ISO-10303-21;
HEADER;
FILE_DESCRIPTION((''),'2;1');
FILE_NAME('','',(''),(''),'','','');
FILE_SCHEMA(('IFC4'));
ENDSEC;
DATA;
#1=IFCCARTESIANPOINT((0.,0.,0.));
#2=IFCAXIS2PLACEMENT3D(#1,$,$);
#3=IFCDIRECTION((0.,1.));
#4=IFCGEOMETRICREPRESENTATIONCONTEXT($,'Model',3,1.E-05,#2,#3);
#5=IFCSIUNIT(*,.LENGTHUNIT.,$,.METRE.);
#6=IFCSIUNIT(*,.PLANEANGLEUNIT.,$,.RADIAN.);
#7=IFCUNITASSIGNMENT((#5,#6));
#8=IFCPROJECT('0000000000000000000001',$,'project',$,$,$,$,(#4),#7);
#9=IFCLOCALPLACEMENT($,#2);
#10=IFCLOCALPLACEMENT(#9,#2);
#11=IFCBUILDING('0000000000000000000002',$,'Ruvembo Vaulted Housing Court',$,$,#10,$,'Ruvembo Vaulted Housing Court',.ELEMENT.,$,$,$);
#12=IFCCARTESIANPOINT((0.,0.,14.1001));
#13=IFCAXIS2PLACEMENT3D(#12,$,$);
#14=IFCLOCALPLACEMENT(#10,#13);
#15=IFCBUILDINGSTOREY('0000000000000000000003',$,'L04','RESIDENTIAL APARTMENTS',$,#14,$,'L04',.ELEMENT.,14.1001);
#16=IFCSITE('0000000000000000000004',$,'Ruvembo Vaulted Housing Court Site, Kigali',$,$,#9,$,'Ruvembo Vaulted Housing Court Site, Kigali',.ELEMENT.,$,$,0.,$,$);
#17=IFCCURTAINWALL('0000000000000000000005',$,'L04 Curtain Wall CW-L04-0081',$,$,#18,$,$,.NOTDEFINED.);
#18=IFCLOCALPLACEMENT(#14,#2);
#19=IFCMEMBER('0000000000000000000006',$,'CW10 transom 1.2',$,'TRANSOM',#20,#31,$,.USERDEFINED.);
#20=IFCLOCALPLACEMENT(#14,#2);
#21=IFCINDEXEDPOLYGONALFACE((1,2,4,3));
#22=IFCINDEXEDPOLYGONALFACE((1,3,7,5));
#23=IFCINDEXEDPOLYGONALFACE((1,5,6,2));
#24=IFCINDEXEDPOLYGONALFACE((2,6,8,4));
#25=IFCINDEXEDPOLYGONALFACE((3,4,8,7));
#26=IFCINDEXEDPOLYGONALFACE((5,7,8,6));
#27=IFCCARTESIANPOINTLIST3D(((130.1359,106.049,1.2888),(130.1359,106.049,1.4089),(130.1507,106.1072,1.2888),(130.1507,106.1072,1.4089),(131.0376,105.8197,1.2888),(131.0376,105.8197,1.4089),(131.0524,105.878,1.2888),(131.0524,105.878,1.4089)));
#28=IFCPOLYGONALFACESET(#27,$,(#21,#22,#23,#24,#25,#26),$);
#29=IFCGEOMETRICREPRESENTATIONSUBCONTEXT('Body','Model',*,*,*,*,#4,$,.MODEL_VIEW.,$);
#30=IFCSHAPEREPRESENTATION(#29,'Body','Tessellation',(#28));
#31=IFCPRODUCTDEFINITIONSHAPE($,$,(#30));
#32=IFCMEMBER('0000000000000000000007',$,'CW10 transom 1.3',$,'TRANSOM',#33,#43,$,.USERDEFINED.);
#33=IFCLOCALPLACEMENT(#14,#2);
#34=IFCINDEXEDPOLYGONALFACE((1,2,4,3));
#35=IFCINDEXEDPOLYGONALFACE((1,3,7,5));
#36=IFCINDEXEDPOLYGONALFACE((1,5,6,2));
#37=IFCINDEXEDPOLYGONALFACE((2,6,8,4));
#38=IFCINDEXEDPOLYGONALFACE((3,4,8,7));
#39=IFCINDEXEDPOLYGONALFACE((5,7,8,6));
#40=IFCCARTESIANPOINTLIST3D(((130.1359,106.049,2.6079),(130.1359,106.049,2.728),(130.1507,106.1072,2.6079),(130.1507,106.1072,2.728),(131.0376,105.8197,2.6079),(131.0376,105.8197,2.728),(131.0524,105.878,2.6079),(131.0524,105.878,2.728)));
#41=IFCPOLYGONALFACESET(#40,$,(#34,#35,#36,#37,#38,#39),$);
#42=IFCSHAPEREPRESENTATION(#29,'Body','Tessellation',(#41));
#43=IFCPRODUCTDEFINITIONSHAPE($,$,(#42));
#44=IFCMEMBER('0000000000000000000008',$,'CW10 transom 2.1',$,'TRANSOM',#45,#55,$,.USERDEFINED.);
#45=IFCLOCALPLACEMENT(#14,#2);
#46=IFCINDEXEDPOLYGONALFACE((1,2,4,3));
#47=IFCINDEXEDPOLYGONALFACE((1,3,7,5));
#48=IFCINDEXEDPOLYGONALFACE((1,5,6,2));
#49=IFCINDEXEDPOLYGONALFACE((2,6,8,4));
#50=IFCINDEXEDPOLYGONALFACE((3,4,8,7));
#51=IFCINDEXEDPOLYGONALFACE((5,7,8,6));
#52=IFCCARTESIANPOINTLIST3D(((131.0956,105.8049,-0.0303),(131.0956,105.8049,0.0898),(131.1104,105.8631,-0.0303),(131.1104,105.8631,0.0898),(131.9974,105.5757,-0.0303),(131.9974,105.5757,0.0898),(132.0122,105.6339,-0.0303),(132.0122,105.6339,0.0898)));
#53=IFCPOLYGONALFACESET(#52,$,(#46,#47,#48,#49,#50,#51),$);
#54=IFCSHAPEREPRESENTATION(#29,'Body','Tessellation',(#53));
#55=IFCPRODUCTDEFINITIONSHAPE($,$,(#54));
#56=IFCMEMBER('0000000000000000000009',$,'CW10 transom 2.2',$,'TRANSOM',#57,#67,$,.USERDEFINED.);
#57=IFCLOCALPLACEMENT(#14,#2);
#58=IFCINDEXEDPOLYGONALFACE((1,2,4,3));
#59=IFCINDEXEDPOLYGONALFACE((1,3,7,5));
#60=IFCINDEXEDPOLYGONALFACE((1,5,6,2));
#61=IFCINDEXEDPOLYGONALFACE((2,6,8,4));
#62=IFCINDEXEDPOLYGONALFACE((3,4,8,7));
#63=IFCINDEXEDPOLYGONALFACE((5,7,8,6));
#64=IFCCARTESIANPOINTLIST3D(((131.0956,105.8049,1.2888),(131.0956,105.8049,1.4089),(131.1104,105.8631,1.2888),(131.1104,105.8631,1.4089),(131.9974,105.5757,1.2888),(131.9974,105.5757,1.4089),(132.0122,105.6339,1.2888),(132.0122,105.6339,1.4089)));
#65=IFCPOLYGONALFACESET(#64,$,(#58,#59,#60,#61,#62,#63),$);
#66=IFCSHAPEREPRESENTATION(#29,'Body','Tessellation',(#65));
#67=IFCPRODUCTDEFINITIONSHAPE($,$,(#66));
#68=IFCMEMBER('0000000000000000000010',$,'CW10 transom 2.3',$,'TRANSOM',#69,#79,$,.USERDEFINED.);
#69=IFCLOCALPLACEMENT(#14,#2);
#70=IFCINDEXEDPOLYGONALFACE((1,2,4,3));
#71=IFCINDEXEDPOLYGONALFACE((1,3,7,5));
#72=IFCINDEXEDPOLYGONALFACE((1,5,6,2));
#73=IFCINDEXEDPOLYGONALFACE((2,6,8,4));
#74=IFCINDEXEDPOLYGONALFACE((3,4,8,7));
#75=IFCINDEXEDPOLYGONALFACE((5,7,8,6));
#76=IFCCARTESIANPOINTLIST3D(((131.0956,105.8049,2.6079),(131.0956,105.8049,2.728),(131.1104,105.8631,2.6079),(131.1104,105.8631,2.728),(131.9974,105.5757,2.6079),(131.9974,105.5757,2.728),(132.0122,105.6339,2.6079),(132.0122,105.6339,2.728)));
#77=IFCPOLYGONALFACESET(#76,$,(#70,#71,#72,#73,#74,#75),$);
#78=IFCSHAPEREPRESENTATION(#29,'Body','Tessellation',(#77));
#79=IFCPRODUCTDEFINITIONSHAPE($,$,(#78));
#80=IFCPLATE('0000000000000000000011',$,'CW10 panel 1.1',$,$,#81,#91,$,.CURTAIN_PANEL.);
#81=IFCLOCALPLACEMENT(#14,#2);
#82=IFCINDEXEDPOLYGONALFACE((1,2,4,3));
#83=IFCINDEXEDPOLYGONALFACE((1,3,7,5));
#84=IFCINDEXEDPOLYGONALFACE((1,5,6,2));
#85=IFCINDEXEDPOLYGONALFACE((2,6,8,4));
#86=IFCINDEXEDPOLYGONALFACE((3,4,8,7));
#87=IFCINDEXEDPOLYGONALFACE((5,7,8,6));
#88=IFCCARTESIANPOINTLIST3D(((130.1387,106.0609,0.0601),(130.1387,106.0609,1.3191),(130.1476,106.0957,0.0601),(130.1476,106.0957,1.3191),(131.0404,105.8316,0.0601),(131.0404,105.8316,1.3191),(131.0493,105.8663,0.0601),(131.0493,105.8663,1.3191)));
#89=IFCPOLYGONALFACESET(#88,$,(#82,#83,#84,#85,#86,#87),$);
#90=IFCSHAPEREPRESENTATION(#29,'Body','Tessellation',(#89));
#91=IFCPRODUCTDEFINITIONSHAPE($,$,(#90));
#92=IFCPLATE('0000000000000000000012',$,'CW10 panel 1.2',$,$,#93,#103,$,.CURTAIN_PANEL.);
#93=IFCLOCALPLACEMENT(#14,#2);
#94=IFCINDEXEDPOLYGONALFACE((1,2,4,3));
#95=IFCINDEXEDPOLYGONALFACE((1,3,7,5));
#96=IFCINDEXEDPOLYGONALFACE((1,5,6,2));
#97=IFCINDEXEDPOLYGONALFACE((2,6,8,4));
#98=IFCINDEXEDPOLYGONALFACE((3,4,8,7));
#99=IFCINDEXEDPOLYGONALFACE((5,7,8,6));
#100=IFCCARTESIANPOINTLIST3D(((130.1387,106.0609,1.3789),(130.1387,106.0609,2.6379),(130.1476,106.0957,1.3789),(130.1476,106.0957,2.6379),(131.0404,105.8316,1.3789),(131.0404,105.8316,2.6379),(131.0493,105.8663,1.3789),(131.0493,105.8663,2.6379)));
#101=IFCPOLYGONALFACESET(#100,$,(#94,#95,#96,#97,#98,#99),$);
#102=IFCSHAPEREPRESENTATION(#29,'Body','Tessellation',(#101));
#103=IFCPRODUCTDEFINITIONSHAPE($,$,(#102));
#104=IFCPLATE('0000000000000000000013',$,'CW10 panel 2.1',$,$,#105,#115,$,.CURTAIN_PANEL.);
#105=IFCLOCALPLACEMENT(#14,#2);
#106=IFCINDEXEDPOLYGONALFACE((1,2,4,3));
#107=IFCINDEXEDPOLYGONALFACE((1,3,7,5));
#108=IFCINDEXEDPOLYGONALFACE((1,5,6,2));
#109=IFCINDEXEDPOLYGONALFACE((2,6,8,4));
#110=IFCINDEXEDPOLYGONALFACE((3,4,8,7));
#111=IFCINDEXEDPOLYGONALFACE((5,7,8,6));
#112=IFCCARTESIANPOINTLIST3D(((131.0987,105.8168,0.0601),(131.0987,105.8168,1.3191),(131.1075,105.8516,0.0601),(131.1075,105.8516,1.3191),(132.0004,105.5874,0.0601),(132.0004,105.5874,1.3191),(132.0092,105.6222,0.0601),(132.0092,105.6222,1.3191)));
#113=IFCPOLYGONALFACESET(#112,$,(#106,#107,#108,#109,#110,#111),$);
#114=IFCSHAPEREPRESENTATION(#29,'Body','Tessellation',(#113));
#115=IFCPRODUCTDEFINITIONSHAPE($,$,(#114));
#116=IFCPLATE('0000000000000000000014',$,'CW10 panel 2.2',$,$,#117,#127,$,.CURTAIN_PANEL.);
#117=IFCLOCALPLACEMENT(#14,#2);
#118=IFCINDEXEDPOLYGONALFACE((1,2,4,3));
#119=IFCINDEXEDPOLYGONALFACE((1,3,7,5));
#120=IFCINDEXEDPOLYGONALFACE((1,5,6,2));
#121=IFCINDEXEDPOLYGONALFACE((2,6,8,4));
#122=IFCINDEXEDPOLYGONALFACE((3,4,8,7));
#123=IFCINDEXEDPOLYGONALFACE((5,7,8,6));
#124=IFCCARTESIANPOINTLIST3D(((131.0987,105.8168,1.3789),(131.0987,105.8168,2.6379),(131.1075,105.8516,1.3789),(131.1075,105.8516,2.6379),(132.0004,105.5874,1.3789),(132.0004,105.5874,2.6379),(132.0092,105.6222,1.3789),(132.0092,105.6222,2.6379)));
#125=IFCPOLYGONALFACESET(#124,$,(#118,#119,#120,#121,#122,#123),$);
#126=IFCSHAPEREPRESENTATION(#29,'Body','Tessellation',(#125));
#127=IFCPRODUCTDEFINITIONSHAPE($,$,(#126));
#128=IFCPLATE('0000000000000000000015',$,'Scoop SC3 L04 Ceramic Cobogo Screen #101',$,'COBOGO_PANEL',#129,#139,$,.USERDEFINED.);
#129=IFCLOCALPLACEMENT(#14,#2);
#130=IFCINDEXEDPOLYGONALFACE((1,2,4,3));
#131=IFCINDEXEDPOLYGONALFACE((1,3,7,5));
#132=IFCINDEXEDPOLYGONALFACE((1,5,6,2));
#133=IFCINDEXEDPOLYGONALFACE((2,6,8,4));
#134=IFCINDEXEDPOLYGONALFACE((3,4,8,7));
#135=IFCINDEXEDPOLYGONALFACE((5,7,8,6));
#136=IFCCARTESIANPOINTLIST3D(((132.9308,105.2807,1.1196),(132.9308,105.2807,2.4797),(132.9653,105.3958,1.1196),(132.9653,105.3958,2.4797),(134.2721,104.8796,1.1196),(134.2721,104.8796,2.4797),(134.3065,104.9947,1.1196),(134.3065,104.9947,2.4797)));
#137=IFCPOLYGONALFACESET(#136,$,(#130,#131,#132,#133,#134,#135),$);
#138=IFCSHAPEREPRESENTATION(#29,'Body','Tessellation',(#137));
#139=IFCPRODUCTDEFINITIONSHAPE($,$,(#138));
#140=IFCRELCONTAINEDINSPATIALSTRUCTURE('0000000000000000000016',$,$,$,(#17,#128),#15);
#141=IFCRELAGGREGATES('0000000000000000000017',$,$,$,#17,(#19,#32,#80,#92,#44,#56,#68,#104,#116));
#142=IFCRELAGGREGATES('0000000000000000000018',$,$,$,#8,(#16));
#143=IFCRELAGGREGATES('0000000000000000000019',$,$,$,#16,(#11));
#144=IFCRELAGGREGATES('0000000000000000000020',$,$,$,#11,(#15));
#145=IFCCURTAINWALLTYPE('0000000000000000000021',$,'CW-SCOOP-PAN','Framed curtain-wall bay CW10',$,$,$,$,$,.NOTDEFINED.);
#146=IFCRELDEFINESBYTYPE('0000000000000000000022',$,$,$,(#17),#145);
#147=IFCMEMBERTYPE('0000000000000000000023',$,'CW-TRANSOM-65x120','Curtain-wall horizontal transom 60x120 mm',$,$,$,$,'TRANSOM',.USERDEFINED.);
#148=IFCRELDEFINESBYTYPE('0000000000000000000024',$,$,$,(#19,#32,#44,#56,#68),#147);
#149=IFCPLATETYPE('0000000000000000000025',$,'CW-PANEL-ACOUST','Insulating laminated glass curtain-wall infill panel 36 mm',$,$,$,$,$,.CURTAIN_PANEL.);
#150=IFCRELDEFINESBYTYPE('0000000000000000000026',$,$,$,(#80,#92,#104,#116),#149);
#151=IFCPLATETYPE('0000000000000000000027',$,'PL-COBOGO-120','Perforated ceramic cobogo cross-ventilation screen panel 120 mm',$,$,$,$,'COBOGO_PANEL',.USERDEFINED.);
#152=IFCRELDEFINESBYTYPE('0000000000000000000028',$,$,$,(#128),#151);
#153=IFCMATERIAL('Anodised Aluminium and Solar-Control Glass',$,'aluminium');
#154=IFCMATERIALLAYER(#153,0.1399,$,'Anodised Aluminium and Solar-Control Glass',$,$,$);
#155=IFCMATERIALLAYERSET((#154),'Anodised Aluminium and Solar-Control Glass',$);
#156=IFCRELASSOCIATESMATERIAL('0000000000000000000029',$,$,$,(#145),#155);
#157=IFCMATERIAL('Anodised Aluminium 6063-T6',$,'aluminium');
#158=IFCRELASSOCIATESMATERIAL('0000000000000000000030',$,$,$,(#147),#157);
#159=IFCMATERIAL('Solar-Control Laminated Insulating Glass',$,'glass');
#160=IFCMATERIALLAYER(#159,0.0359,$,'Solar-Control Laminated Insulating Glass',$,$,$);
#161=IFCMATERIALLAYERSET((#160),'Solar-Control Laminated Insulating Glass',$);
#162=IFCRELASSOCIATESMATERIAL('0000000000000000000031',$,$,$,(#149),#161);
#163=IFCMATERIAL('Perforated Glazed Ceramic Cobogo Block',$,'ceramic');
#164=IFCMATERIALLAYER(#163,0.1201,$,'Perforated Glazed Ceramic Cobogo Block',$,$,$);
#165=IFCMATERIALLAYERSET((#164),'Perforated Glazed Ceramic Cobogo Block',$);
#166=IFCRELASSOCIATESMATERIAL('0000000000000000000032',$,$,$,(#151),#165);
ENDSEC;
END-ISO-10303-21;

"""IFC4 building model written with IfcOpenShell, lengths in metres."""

from ifc_helpers import new_model, si_unit, direction, frame, origin, origin_2d, place, context, subcontext, project, spatial, rectangle, extrude, material, layer, layer_set, material_profile, profile_set, type_object, element, aggregate, save


model = new_model("IFC4")

# Units and contexts
model_context = context("Model", 3, precision=1e-05, world=origin(), true_north=direction((0.0, 1.0)))
body_context = subcontext(model_context, "Body", "Model", "MODEL_VIEW")
ifc_project = project(units=[si_unit("LENGTHUNIT", "METRE"), si_unit("PLANEANGLEUNIT", "RADIAN")], contexts=[model_context])

# Site, building, storey
site_placement = place(None, origin())
site = spatial("IfcSite", under=ifc_project, at=site_placement, Name="Ruvembo Vaulted Housing Court Site, Kigali", LongName="Ruvembo Vaulted Housing Court Site, Kigali", CompositionType="ELEMENT", RefElevation=0.0)
building_placement = place(site_placement, origin())
building = spatial("IfcBuilding", under=site, at=building_placement, Name="Ruvembo Vaulted Housing Court", LongName="Ruvembo Vaulted Housing Court", CompositionType="ELEMENT")
storey_placement = place(building_placement, frame((0.0, 0.0, 14.1001)))
storey = spatial("IfcBuildingStorey", under=building, at=storey_placement, Name="L04", Description="RESIDENTIAL APARTMENTS", LongName="L04", CompositionType="ELEMENT", Elevation=14.1001)

# Curtain wall, members, plates
ifc_material_1 = material(Name="Anodised Aluminium and Solar-Control Glass", Category="aluminium")
ifc_layer_1 = layer(ifc_material_1, 0.1399, Name="Anodised Aluminium and Solar-Control Glass")
ifc_layer_set_1 = layer_set([ifc_layer_1], Name="Anodised Aluminium and Solar-Control Glass")
curtain_wall_type = type_object("IfcCurtainWallType", Name="CW-SCOOP-PAN", Description="Framed curtain-wall bay CW10", PredefinedType="NOTDEFINED", material=ifc_layer_set_1)
curtain_wall_placement = place(storey_placement, origin())
curtain_wall = element("IfcCurtainWall", 1, at=curtain_wall_placement, inside=storey, type_object=curtain_wall_type, Name="L04 Curtain Wall CW-L04-0081", PredefinedType="NOTDEFINED")
ifc_material_2 = material(Name="Anodised Aluminium 6063-T6", Category="aluminium")
ifc_material_profile_1 = material_profile(ifc_material_2, rectangle(XDim=0.0601, YDim=0.1201, at=origin_2d()), Name="ALU 60x120")
ifc_profile_set_1 = profile_set([ifc_material_profile_1], Name="Anodised Aluminium 6063-T6")
member_type_1 = type_object("IfcMemberType", Name="CW-TRANSOM-65x120", Description="Curtain-wall horizontal transom 60x120 mm", ElementType="TRANSOM", PredefinedType="USERDEFINED", material=ifc_profile_set_1)
member_1_placement = place(storey_placement, frame((130.1433, 106.0781, 1.3489), z_axis=(0.969162, -0.246424, 0.0), x_axis=(0.246424, 0.969162, 0.0)))
member_1 = element("IfcMember", 2, at=member_1_placement, type_object=member_type_1, Name="CW10 transom 1.2", ObjectType="TRANSOM", PredefinedType="USERDEFINED", context=body_context, shape_type="SweptSolid", body=[
    extrude(rectangle(XDim=0.0601, YDim=0.1201, at=origin_2d()), origin(), (0.0, 0.0, 1.0), 0.9304),
])
member_2_placement = place(storey_placement, frame((130.1433, 106.0781, 2.668), z_axis=(0.969162, -0.246424, 0.0), x_axis=(0.246424, 0.969162, 0.0)))
member_2 = element("IfcMember", 3, at=member_2_placement, type_object=member_type_1, Name="CW10 transom 1.3", ObjectType="TRANSOM", PredefinedType="USERDEFINED", context=body_context, shape_type="SweptSolid", body=[
    extrude(rectangle(XDim=0.0601, YDim=0.1201, at=origin_2d()), origin(), (0.0, 0.0, 1.0), 0.9304),
])
member_3_placement = place(storey_placement, frame((131.103, 105.834, 0.0298), z_axis=(0.969178, -0.246361, 0.0), x_axis=(0.246361, 0.969178, 0.0)))
member_3 = element("IfcMember", 4, at=member_3_placement, type_object=member_type_1, Name="CW10 transom 2.1", ObjectType="TRANSOM", PredefinedType="USERDEFINED", context=body_context, shape_type="SweptSolid", body=[
    extrude(rectangle(XDim=0.0601, YDim=0.1201, at=origin_2d()), origin(), (0.0, 0.0, 1.0), 0.9304),
])
member_4_placement = place(storey_placement, frame((131.103, 105.834, 1.3489), z_axis=(0.969178, -0.246361, 0.0), x_axis=(0.246361, 0.969178, 0.0)))
member_4 = element("IfcMember", 5, at=member_4_placement, type_object=member_type_1, Name="CW10 transom 2.2", ObjectType="TRANSOM", PredefinedType="USERDEFINED", context=body_context, shape_type="SweptSolid", body=[
    extrude(rectangle(XDim=0.0601, YDim=0.1201, at=origin_2d()), origin(), (0.0, 0.0, 1.0), 0.9304),
])
member_5_placement = place(storey_placement, frame((131.103, 105.834, 2.668), z_axis=(0.969178, -0.246361, 0.0), x_axis=(0.246361, 0.969178, 0.0)))
member_5 = element("IfcMember", 6, at=member_5_placement, type_object=member_type_1, Name="CW10 transom 2.3", ObjectType="TRANSOM", PredefinedType="USERDEFINED", context=body_context, shape_type="SweptSolid", body=[
    extrude(rectangle(XDim=0.0601, YDim=0.1201, at=origin_2d()), origin(), (0.0, 0.0, 1.0), 0.9304),
])
ifc_material_3 = material(Name="Solar-Control Laminated Insulating Glass", Category="glass")
ifc_layer_2 = layer(ifc_material_3, 0.0359, Name="Solar-Control Laminated Insulating Glass")
ifc_layer_set_2 = layer_set([ifc_layer_2], Name="Solar-Control Laminated Insulating Glass")
plate_type_1 = type_object("IfcPlateType", Name="CW-PANEL-ACOUST", Description="Insulating laminated glass curtain-wall infill panel 36 mm", PredefinedType="CURTAIN_PANEL", material=ifc_layer_set_2)
plate_1_placement = place(storey_placement, frame((130.594, 105.9636, 0.0601), z_axis=(0.0, 0.0, 1.0), x_axis=(0.96914, -0.246511, 0.0)))
plate_1 = element("IfcPlate", 7, at=plate_1_placement, type_object=plate_type_1, Name="CW10 panel 1.1", PredefinedType="CURTAIN_PANEL", context=body_context, shape_type="SweptSolid", body=[
    extrude(rectangle(XDim=0.9304, YDim=0.0359, at=origin_2d()), origin(), (0.0, 0.0, 1.0), 1.259),
])
plate_2_placement = place(storey_placement, frame((130.594, 105.9636, 1.3789), z_axis=(0.0, 0.0, 1.0), x_axis=(0.96914, -0.246511, 0.0)))
plate_2 = element("IfcPlate", 8, at=plate_2_placement, type_object=plate_type_1, Name="CW10 panel 1.2", PredefinedType="CURTAIN_PANEL", context=body_context, shape_type="SweptSolid", body=[
    extrude(rectangle(XDim=0.9304, YDim=0.0359, at=origin_2d()), origin(), (0.0, 0.0, 1.0), 1.259),
])
plate_3_placement = place(storey_placement, frame((131.554, 105.7195, 0.0601), z_axis=(0.0, 0.0, 1.0), x_axis=(0.96914, -0.246511, 0.0)))
plate_3 = element("IfcPlate", 9, at=plate_3_placement, type_object=plate_type_1, Name="CW10 panel 2.1", PredefinedType="CURTAIN_PANEL", context=body_context, shape_type="SweptSolid", body=[
    extrude(rectangle(XDim=0.9304, YDim=0.0359, at=origin_2d()), origin(), (0.0, 0.0, 1.0), 1.259),
])
plate_4_placement = place(storey_placement, frame((131.554, 105.7195, 1.3789), z_axis=(0.0, 0.0, 1.0), x_axis=(0.96914, -0.246511, 0.0)))
plate_4 = element("IfcPlate", 10, at=plate_4_placement, type_object=plate_type_1, Name="CW10 panel 2.2", PredefinedType="CURTAIN_PANEL", context=body_context, shape_type="SweptSolid", body=[
    extrude(rectangle(XDim=0.9304, YDim=0.0359, at=origin_2d()), origin(), (0.0, 0.0, 1.0), 1.259),
])
aggregate(curtain_wall, [member_1, member_2, plate_1, plate_2, member_3, member_4, member_5, plate_3, plate_4])

# Plate
ifc_material_4 = material(Name="Perforated Glazed Ceramic Cobogo Block", Category="ceramic")
ifc_layer_3 = layer(ifc_material_4, 0.1201, Name="Perforated Glazed Ceramic Cobogo Block")
ifc_layer_set_3 = layer_set([ifc_layer_3], Name="Perforated Glazed Ceramic Cobogo Block")
plate_type_2 = type_object("IfcPlateType", Name="PL-COBOGO-120", Description="Perforated ceramic cobogo cross-ventilation screen panel 120 mm", ElementType="COBOGO_PANEL", PredefinedType="USERDEFINED", material=ifc_layer_set_3)
plate_5_placement = place(storey_placement, frame((133.6187, 105.1377, 1.1196), z_axis=(0.0, 0.0, 1.0), x_axis=(0.958078, -0.286508, 0.0)))
element("IfcPlate", 11, at=plate_5_placement, inside=storey, type_object=plate_type_2, Name="Scoop SC3 L04 Ceramic Cobogo Screen #101", ObjectType="COBOGO_PANEL", PredefinedType="USERDEFINED", context=body_context, shape_type="SweptSolid", body=[
    extrude(rectangle(XDim=1.3999, YDim=0.1201, at=origin_2d()), origin(), (0.0, 0.0, 1.0), 1.3601),
])

save(model, "model.ifc")
